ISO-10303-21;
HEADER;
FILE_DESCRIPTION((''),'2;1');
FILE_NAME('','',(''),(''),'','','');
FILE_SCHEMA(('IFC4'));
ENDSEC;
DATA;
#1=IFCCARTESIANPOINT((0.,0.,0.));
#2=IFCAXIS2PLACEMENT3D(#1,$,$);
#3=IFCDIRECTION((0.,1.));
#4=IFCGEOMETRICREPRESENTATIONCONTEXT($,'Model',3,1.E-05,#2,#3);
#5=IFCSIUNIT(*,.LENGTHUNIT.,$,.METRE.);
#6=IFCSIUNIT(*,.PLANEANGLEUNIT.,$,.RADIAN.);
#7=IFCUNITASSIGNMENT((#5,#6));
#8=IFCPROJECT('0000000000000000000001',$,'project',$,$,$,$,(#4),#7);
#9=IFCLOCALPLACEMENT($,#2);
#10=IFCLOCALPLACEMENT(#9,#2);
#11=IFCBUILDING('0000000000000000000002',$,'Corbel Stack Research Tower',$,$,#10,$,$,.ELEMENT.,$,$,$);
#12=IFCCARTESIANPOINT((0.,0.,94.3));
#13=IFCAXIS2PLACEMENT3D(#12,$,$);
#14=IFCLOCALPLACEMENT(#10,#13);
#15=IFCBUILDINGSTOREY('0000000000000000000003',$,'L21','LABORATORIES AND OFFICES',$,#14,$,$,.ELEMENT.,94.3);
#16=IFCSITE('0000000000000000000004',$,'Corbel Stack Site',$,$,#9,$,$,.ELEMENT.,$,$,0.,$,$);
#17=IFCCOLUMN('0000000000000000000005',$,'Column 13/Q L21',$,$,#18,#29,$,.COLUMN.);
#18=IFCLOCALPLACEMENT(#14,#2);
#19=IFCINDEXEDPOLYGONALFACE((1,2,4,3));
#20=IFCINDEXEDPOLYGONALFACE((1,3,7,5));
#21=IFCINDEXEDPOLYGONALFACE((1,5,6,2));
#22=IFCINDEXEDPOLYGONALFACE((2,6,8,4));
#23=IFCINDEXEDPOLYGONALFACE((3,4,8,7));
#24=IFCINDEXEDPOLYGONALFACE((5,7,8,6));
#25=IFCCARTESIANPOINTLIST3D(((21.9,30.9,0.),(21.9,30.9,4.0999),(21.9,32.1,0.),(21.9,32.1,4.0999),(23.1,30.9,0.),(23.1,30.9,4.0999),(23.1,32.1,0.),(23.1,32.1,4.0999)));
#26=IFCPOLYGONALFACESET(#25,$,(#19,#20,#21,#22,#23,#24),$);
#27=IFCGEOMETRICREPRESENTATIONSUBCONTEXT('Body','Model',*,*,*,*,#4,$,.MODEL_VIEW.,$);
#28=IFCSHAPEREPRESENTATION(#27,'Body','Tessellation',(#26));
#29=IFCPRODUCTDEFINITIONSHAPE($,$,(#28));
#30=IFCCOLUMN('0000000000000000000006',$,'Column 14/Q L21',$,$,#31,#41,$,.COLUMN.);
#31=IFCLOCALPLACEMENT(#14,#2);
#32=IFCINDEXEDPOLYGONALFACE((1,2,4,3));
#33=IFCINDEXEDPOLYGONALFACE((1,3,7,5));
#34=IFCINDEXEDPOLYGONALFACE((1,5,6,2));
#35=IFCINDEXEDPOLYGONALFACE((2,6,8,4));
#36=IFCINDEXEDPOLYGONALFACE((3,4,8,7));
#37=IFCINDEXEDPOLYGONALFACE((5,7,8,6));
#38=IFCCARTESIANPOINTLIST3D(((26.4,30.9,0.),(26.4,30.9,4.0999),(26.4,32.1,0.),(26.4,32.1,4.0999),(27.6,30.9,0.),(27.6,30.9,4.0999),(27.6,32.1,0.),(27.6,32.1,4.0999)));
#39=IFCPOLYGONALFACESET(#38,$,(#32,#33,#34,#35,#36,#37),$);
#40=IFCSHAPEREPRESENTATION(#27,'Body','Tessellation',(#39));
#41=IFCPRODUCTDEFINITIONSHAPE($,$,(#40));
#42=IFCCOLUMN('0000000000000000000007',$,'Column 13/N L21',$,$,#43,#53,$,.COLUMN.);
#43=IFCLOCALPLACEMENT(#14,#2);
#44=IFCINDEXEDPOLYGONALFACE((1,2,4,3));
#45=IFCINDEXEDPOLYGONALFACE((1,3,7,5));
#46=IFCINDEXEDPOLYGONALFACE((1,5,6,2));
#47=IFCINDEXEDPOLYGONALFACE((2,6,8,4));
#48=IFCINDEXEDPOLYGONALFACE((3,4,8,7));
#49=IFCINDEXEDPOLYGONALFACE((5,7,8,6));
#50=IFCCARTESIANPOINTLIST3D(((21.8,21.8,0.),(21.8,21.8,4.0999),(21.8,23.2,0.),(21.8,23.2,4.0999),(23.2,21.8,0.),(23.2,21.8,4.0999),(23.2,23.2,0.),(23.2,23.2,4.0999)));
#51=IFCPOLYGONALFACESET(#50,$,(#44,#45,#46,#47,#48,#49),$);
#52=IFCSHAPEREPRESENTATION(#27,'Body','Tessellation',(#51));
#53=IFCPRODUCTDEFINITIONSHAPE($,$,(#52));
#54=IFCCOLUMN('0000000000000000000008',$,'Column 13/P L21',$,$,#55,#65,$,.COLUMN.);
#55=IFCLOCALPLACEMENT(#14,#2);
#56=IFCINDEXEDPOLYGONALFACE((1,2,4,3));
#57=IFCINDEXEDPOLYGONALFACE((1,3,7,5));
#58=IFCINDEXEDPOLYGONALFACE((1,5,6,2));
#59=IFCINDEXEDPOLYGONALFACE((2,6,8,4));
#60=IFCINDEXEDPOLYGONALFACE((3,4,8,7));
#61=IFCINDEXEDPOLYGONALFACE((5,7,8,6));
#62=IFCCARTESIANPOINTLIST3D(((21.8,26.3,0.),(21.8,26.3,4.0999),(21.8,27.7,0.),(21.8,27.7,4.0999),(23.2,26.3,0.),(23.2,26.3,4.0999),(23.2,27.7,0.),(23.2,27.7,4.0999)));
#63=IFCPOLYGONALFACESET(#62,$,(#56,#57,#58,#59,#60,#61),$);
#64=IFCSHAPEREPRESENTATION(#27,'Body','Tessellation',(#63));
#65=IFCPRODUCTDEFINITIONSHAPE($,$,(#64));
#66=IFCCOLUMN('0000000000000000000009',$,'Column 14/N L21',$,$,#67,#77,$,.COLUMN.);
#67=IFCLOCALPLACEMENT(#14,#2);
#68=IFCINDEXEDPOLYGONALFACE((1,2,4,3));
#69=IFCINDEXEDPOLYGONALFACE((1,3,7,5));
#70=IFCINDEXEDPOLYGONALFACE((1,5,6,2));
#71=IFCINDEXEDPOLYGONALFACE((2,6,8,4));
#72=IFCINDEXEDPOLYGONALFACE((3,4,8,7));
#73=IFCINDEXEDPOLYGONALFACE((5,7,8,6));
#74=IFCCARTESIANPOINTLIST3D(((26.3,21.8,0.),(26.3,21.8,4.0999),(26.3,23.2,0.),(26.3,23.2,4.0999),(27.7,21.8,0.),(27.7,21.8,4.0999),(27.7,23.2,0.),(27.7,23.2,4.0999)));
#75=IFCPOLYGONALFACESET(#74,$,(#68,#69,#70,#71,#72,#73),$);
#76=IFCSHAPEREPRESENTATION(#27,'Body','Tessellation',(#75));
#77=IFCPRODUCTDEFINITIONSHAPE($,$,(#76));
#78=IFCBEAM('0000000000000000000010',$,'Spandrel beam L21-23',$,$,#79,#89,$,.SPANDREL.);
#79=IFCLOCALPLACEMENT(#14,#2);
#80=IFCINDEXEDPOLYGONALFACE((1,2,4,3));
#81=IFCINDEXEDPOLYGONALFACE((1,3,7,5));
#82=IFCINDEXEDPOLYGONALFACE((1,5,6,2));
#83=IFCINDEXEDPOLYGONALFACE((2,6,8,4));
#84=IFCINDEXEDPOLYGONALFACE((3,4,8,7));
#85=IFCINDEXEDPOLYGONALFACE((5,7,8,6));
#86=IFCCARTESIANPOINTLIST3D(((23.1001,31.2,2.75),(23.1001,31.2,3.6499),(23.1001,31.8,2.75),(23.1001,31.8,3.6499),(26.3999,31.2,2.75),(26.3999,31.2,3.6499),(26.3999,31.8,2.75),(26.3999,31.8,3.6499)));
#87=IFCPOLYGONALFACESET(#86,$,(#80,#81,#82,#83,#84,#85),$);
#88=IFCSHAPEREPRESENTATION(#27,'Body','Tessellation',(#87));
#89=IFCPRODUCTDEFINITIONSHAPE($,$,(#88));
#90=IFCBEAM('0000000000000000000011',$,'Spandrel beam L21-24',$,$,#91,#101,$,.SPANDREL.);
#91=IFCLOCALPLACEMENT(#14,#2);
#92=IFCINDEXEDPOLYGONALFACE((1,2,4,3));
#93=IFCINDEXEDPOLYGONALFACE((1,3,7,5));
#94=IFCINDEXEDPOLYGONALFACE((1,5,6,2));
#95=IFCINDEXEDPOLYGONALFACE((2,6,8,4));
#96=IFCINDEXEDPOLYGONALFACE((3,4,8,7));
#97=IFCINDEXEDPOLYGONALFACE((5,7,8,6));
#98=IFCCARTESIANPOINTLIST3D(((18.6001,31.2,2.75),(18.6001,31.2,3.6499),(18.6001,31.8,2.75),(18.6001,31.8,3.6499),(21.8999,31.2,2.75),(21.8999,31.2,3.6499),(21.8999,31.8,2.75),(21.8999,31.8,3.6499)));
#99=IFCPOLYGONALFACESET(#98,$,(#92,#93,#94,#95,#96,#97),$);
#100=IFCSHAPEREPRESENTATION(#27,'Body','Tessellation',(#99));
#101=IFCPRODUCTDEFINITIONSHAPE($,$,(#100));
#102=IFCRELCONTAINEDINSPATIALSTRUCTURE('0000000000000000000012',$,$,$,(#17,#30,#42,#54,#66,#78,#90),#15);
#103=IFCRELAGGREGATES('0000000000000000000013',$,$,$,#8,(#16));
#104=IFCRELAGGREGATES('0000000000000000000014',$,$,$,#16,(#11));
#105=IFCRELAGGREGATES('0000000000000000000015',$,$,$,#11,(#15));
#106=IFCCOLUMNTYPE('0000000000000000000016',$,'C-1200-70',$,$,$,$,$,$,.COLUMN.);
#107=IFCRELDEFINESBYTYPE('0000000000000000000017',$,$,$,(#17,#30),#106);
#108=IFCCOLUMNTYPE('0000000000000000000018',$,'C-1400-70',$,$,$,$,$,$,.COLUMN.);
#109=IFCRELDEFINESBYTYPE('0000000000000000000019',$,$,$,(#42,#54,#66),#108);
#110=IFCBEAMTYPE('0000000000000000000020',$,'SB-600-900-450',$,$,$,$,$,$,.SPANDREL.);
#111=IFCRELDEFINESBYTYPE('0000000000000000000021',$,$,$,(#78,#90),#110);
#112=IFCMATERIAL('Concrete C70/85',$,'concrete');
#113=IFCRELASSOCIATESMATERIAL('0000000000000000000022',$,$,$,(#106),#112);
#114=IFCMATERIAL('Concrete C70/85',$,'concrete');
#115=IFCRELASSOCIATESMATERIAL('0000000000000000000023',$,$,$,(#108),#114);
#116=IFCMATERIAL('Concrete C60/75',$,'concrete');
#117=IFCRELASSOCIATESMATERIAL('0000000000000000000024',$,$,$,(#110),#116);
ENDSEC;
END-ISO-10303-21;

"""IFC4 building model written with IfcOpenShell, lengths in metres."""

from ifc_helpers import new_model, si_unit, direction, frame, origin, origin_2d, place, context, subcontext, project, spatial, rectangle, extrude, material, material_profile, profile_set, type_object, element, save


model = new_model("IFC4")

# Units and contexts
model_context = context("Model", 3, precision=1e-05, world=origin(), true_north=direction((0.0, 1.0)))
body_context = subcontext(model_context, "Body", "Model", "MODEL_VIEW")
ifc_project = project(units=[si_unit("LENGTHUNIT", "METRE"), si_unit("PLANEANGLEUNIT", "RADIAN")], contexts=[model_context])

# Site, building, storey
site_placement = place(None, origin())
site = spatial("IfcSite", under=ifc_project, at=site_placement, Name="Corbel Stack Site", CompositionType="ELEMENT", RefElevation=0.0)
building_placement = place(site_placement, origin())
building = spatial("IfcBuilding", under=site, at=building_placement, Name="Corbel Stack Research Tower", CompositionType="ELEMENT")
storey_placement = place(building_placement, frame((0.0, 0.0, 94.3)))
storey = spatial("IfcBuildingStorey", under=building, at=storey_placement, Name="L21", Description="LABORATORIES AND OFFICES", CompositionType="ELEMENT", Elevation=94.3)

# Columns
ifc_material_1 = material(Name="Concrete C70/85", Category="concrete")
ifc_material_profile_1 = material_profile(ifc_material_1, rectangle(XDim=1.2, YDim=1.2, at=origin_2d()), Name="RC 1200 x 1200")
ifc_profile_set_1 = profile_set([ifc_material_profile_1], Name="Concrete C70/85")
column_type_1 = type_object("IfcColumnType", Name="C-1200-70", PredefinedType="COLUMN", material=ifc_profile_set_1)
for number, where, z_axis, x_axis, name in (
    (1, (22.5, 31.5, 0.0), (0.0, 0.0, 1.0), (1.0, 0.0, 0.0), "Column 13/Q L21"),
    (2, (27.0, 31.5, 0.0), (0.0, 0.0, 1.0), (1.0, 0.0, 0.0), "Column 14/Q L21"),
):
    element("IfcColumn", number, at=place(storey_placement, frame(where, z_axis=z_axis, x_axis=x_axis)), inside=storey, type_object=column_type_1, Name=name, PredefinedType="COLUMN", context=body_context, shape_type="SweptSolid", body=[
        extrude(rectangle(XDim=1.2, YDim=1.2, at=origin_2d()), origin(), (0.0, 0.0, 1.0), 4.0999),
    ])
ifc_material_2 = material(Name="Concrete C70/85", Category="concrete")
ifc_material_profile_2 = material_profile(ifc_material_2, rectangle(XDim=1.3999, YDim=1.3999, at=origin_2d()), Name="RC 1400 x 1400")
ifc_profile_set_2 = profile_set([ifc_material_profile_2], Name="Concrete C70/85")
column_type_2 = type_object("IfcColumnType", Name="C-1400-70", PredefinedType="COLUMN", material=ifc_profile_set_2)
for number, where, z_axis, x_axis, name in (
    (3, (22.5, 22.5, 0.0), (0.0, 0.0, 1.0), (1.0, 0.0, 0.0), "Column 13/N L21"),
    (4, (22.5, 27.0, 0.0), (0.0, 0.0, 1.0), (1.0, 0.0, 0.0), "Column 13/P L21"),
    (5, (27.0, 22.5, 0.0), (0.0, 0.0, 1.0), (1.0, 0.0, 0.0), "Column 14/N L21"),
):
    element("IfcColumn", number, at=place(storey_placement, frame(where, z_axis=z_axis, x_axis=x_axis)), inside=storey, type_object=column_type_2, Name=name, PredefinedType="COLUMN", context=body_context, shape_type="SweptSolid", body=[
        extrude(rectangle(XDim=1.3999, YDim=1.3999, at=origin_2d()), origin(), (0.0, 0.0, 1.0), 4.0999),
    ])

# Beams
ifc_material_3 = material(Name="Concrete C60/75", Category="concrete")
ifc_material_profile_3 = material_profile(ifc_material_3, rectangle(XDim=0.6001, YDim=0.8999, at=origin_2d()), Name="RC 600 x 900")
ifc_profile_set_3 = profile_set([ifc_material_profile_3], Name="Concrete C60/75")
beam_type = type_object("IfcBeamType", Name="SB-600-900-450", PredefinedType="SPANDREL", material=ifc_profile_set_3)
for number, where, z_axis, x_axis, name in (
    (6, (26.3999, 31.5, 3.2), (-1.0, 0.0, 0.0), (0.0, -1.0, 0.0), "Spandrel beam L21-23"),
    (7, (21.8999, 31.5, 3.2), (-1.0, 0.0, 0.0), (0.0, -1.0, 0.0), "Spandrel beam L21-24"),
):
    element("IfcBeam", number, at=place(storey_placement, frame(where, z_axis=z_axis, x_axis=x_axis)), inside=storey, type_object=beam_type, Name=name, PredefinedType="SPANDREL", context=body_context, shape_type="SweptSolid", body=[
        extrude(rectangle(XDim=0.6001, YDim=0.8999, at=origin_2d()), origin(), (0.0, 0.0, 1.0), 3.2998),
    ])

save(model, "model.ifc")
